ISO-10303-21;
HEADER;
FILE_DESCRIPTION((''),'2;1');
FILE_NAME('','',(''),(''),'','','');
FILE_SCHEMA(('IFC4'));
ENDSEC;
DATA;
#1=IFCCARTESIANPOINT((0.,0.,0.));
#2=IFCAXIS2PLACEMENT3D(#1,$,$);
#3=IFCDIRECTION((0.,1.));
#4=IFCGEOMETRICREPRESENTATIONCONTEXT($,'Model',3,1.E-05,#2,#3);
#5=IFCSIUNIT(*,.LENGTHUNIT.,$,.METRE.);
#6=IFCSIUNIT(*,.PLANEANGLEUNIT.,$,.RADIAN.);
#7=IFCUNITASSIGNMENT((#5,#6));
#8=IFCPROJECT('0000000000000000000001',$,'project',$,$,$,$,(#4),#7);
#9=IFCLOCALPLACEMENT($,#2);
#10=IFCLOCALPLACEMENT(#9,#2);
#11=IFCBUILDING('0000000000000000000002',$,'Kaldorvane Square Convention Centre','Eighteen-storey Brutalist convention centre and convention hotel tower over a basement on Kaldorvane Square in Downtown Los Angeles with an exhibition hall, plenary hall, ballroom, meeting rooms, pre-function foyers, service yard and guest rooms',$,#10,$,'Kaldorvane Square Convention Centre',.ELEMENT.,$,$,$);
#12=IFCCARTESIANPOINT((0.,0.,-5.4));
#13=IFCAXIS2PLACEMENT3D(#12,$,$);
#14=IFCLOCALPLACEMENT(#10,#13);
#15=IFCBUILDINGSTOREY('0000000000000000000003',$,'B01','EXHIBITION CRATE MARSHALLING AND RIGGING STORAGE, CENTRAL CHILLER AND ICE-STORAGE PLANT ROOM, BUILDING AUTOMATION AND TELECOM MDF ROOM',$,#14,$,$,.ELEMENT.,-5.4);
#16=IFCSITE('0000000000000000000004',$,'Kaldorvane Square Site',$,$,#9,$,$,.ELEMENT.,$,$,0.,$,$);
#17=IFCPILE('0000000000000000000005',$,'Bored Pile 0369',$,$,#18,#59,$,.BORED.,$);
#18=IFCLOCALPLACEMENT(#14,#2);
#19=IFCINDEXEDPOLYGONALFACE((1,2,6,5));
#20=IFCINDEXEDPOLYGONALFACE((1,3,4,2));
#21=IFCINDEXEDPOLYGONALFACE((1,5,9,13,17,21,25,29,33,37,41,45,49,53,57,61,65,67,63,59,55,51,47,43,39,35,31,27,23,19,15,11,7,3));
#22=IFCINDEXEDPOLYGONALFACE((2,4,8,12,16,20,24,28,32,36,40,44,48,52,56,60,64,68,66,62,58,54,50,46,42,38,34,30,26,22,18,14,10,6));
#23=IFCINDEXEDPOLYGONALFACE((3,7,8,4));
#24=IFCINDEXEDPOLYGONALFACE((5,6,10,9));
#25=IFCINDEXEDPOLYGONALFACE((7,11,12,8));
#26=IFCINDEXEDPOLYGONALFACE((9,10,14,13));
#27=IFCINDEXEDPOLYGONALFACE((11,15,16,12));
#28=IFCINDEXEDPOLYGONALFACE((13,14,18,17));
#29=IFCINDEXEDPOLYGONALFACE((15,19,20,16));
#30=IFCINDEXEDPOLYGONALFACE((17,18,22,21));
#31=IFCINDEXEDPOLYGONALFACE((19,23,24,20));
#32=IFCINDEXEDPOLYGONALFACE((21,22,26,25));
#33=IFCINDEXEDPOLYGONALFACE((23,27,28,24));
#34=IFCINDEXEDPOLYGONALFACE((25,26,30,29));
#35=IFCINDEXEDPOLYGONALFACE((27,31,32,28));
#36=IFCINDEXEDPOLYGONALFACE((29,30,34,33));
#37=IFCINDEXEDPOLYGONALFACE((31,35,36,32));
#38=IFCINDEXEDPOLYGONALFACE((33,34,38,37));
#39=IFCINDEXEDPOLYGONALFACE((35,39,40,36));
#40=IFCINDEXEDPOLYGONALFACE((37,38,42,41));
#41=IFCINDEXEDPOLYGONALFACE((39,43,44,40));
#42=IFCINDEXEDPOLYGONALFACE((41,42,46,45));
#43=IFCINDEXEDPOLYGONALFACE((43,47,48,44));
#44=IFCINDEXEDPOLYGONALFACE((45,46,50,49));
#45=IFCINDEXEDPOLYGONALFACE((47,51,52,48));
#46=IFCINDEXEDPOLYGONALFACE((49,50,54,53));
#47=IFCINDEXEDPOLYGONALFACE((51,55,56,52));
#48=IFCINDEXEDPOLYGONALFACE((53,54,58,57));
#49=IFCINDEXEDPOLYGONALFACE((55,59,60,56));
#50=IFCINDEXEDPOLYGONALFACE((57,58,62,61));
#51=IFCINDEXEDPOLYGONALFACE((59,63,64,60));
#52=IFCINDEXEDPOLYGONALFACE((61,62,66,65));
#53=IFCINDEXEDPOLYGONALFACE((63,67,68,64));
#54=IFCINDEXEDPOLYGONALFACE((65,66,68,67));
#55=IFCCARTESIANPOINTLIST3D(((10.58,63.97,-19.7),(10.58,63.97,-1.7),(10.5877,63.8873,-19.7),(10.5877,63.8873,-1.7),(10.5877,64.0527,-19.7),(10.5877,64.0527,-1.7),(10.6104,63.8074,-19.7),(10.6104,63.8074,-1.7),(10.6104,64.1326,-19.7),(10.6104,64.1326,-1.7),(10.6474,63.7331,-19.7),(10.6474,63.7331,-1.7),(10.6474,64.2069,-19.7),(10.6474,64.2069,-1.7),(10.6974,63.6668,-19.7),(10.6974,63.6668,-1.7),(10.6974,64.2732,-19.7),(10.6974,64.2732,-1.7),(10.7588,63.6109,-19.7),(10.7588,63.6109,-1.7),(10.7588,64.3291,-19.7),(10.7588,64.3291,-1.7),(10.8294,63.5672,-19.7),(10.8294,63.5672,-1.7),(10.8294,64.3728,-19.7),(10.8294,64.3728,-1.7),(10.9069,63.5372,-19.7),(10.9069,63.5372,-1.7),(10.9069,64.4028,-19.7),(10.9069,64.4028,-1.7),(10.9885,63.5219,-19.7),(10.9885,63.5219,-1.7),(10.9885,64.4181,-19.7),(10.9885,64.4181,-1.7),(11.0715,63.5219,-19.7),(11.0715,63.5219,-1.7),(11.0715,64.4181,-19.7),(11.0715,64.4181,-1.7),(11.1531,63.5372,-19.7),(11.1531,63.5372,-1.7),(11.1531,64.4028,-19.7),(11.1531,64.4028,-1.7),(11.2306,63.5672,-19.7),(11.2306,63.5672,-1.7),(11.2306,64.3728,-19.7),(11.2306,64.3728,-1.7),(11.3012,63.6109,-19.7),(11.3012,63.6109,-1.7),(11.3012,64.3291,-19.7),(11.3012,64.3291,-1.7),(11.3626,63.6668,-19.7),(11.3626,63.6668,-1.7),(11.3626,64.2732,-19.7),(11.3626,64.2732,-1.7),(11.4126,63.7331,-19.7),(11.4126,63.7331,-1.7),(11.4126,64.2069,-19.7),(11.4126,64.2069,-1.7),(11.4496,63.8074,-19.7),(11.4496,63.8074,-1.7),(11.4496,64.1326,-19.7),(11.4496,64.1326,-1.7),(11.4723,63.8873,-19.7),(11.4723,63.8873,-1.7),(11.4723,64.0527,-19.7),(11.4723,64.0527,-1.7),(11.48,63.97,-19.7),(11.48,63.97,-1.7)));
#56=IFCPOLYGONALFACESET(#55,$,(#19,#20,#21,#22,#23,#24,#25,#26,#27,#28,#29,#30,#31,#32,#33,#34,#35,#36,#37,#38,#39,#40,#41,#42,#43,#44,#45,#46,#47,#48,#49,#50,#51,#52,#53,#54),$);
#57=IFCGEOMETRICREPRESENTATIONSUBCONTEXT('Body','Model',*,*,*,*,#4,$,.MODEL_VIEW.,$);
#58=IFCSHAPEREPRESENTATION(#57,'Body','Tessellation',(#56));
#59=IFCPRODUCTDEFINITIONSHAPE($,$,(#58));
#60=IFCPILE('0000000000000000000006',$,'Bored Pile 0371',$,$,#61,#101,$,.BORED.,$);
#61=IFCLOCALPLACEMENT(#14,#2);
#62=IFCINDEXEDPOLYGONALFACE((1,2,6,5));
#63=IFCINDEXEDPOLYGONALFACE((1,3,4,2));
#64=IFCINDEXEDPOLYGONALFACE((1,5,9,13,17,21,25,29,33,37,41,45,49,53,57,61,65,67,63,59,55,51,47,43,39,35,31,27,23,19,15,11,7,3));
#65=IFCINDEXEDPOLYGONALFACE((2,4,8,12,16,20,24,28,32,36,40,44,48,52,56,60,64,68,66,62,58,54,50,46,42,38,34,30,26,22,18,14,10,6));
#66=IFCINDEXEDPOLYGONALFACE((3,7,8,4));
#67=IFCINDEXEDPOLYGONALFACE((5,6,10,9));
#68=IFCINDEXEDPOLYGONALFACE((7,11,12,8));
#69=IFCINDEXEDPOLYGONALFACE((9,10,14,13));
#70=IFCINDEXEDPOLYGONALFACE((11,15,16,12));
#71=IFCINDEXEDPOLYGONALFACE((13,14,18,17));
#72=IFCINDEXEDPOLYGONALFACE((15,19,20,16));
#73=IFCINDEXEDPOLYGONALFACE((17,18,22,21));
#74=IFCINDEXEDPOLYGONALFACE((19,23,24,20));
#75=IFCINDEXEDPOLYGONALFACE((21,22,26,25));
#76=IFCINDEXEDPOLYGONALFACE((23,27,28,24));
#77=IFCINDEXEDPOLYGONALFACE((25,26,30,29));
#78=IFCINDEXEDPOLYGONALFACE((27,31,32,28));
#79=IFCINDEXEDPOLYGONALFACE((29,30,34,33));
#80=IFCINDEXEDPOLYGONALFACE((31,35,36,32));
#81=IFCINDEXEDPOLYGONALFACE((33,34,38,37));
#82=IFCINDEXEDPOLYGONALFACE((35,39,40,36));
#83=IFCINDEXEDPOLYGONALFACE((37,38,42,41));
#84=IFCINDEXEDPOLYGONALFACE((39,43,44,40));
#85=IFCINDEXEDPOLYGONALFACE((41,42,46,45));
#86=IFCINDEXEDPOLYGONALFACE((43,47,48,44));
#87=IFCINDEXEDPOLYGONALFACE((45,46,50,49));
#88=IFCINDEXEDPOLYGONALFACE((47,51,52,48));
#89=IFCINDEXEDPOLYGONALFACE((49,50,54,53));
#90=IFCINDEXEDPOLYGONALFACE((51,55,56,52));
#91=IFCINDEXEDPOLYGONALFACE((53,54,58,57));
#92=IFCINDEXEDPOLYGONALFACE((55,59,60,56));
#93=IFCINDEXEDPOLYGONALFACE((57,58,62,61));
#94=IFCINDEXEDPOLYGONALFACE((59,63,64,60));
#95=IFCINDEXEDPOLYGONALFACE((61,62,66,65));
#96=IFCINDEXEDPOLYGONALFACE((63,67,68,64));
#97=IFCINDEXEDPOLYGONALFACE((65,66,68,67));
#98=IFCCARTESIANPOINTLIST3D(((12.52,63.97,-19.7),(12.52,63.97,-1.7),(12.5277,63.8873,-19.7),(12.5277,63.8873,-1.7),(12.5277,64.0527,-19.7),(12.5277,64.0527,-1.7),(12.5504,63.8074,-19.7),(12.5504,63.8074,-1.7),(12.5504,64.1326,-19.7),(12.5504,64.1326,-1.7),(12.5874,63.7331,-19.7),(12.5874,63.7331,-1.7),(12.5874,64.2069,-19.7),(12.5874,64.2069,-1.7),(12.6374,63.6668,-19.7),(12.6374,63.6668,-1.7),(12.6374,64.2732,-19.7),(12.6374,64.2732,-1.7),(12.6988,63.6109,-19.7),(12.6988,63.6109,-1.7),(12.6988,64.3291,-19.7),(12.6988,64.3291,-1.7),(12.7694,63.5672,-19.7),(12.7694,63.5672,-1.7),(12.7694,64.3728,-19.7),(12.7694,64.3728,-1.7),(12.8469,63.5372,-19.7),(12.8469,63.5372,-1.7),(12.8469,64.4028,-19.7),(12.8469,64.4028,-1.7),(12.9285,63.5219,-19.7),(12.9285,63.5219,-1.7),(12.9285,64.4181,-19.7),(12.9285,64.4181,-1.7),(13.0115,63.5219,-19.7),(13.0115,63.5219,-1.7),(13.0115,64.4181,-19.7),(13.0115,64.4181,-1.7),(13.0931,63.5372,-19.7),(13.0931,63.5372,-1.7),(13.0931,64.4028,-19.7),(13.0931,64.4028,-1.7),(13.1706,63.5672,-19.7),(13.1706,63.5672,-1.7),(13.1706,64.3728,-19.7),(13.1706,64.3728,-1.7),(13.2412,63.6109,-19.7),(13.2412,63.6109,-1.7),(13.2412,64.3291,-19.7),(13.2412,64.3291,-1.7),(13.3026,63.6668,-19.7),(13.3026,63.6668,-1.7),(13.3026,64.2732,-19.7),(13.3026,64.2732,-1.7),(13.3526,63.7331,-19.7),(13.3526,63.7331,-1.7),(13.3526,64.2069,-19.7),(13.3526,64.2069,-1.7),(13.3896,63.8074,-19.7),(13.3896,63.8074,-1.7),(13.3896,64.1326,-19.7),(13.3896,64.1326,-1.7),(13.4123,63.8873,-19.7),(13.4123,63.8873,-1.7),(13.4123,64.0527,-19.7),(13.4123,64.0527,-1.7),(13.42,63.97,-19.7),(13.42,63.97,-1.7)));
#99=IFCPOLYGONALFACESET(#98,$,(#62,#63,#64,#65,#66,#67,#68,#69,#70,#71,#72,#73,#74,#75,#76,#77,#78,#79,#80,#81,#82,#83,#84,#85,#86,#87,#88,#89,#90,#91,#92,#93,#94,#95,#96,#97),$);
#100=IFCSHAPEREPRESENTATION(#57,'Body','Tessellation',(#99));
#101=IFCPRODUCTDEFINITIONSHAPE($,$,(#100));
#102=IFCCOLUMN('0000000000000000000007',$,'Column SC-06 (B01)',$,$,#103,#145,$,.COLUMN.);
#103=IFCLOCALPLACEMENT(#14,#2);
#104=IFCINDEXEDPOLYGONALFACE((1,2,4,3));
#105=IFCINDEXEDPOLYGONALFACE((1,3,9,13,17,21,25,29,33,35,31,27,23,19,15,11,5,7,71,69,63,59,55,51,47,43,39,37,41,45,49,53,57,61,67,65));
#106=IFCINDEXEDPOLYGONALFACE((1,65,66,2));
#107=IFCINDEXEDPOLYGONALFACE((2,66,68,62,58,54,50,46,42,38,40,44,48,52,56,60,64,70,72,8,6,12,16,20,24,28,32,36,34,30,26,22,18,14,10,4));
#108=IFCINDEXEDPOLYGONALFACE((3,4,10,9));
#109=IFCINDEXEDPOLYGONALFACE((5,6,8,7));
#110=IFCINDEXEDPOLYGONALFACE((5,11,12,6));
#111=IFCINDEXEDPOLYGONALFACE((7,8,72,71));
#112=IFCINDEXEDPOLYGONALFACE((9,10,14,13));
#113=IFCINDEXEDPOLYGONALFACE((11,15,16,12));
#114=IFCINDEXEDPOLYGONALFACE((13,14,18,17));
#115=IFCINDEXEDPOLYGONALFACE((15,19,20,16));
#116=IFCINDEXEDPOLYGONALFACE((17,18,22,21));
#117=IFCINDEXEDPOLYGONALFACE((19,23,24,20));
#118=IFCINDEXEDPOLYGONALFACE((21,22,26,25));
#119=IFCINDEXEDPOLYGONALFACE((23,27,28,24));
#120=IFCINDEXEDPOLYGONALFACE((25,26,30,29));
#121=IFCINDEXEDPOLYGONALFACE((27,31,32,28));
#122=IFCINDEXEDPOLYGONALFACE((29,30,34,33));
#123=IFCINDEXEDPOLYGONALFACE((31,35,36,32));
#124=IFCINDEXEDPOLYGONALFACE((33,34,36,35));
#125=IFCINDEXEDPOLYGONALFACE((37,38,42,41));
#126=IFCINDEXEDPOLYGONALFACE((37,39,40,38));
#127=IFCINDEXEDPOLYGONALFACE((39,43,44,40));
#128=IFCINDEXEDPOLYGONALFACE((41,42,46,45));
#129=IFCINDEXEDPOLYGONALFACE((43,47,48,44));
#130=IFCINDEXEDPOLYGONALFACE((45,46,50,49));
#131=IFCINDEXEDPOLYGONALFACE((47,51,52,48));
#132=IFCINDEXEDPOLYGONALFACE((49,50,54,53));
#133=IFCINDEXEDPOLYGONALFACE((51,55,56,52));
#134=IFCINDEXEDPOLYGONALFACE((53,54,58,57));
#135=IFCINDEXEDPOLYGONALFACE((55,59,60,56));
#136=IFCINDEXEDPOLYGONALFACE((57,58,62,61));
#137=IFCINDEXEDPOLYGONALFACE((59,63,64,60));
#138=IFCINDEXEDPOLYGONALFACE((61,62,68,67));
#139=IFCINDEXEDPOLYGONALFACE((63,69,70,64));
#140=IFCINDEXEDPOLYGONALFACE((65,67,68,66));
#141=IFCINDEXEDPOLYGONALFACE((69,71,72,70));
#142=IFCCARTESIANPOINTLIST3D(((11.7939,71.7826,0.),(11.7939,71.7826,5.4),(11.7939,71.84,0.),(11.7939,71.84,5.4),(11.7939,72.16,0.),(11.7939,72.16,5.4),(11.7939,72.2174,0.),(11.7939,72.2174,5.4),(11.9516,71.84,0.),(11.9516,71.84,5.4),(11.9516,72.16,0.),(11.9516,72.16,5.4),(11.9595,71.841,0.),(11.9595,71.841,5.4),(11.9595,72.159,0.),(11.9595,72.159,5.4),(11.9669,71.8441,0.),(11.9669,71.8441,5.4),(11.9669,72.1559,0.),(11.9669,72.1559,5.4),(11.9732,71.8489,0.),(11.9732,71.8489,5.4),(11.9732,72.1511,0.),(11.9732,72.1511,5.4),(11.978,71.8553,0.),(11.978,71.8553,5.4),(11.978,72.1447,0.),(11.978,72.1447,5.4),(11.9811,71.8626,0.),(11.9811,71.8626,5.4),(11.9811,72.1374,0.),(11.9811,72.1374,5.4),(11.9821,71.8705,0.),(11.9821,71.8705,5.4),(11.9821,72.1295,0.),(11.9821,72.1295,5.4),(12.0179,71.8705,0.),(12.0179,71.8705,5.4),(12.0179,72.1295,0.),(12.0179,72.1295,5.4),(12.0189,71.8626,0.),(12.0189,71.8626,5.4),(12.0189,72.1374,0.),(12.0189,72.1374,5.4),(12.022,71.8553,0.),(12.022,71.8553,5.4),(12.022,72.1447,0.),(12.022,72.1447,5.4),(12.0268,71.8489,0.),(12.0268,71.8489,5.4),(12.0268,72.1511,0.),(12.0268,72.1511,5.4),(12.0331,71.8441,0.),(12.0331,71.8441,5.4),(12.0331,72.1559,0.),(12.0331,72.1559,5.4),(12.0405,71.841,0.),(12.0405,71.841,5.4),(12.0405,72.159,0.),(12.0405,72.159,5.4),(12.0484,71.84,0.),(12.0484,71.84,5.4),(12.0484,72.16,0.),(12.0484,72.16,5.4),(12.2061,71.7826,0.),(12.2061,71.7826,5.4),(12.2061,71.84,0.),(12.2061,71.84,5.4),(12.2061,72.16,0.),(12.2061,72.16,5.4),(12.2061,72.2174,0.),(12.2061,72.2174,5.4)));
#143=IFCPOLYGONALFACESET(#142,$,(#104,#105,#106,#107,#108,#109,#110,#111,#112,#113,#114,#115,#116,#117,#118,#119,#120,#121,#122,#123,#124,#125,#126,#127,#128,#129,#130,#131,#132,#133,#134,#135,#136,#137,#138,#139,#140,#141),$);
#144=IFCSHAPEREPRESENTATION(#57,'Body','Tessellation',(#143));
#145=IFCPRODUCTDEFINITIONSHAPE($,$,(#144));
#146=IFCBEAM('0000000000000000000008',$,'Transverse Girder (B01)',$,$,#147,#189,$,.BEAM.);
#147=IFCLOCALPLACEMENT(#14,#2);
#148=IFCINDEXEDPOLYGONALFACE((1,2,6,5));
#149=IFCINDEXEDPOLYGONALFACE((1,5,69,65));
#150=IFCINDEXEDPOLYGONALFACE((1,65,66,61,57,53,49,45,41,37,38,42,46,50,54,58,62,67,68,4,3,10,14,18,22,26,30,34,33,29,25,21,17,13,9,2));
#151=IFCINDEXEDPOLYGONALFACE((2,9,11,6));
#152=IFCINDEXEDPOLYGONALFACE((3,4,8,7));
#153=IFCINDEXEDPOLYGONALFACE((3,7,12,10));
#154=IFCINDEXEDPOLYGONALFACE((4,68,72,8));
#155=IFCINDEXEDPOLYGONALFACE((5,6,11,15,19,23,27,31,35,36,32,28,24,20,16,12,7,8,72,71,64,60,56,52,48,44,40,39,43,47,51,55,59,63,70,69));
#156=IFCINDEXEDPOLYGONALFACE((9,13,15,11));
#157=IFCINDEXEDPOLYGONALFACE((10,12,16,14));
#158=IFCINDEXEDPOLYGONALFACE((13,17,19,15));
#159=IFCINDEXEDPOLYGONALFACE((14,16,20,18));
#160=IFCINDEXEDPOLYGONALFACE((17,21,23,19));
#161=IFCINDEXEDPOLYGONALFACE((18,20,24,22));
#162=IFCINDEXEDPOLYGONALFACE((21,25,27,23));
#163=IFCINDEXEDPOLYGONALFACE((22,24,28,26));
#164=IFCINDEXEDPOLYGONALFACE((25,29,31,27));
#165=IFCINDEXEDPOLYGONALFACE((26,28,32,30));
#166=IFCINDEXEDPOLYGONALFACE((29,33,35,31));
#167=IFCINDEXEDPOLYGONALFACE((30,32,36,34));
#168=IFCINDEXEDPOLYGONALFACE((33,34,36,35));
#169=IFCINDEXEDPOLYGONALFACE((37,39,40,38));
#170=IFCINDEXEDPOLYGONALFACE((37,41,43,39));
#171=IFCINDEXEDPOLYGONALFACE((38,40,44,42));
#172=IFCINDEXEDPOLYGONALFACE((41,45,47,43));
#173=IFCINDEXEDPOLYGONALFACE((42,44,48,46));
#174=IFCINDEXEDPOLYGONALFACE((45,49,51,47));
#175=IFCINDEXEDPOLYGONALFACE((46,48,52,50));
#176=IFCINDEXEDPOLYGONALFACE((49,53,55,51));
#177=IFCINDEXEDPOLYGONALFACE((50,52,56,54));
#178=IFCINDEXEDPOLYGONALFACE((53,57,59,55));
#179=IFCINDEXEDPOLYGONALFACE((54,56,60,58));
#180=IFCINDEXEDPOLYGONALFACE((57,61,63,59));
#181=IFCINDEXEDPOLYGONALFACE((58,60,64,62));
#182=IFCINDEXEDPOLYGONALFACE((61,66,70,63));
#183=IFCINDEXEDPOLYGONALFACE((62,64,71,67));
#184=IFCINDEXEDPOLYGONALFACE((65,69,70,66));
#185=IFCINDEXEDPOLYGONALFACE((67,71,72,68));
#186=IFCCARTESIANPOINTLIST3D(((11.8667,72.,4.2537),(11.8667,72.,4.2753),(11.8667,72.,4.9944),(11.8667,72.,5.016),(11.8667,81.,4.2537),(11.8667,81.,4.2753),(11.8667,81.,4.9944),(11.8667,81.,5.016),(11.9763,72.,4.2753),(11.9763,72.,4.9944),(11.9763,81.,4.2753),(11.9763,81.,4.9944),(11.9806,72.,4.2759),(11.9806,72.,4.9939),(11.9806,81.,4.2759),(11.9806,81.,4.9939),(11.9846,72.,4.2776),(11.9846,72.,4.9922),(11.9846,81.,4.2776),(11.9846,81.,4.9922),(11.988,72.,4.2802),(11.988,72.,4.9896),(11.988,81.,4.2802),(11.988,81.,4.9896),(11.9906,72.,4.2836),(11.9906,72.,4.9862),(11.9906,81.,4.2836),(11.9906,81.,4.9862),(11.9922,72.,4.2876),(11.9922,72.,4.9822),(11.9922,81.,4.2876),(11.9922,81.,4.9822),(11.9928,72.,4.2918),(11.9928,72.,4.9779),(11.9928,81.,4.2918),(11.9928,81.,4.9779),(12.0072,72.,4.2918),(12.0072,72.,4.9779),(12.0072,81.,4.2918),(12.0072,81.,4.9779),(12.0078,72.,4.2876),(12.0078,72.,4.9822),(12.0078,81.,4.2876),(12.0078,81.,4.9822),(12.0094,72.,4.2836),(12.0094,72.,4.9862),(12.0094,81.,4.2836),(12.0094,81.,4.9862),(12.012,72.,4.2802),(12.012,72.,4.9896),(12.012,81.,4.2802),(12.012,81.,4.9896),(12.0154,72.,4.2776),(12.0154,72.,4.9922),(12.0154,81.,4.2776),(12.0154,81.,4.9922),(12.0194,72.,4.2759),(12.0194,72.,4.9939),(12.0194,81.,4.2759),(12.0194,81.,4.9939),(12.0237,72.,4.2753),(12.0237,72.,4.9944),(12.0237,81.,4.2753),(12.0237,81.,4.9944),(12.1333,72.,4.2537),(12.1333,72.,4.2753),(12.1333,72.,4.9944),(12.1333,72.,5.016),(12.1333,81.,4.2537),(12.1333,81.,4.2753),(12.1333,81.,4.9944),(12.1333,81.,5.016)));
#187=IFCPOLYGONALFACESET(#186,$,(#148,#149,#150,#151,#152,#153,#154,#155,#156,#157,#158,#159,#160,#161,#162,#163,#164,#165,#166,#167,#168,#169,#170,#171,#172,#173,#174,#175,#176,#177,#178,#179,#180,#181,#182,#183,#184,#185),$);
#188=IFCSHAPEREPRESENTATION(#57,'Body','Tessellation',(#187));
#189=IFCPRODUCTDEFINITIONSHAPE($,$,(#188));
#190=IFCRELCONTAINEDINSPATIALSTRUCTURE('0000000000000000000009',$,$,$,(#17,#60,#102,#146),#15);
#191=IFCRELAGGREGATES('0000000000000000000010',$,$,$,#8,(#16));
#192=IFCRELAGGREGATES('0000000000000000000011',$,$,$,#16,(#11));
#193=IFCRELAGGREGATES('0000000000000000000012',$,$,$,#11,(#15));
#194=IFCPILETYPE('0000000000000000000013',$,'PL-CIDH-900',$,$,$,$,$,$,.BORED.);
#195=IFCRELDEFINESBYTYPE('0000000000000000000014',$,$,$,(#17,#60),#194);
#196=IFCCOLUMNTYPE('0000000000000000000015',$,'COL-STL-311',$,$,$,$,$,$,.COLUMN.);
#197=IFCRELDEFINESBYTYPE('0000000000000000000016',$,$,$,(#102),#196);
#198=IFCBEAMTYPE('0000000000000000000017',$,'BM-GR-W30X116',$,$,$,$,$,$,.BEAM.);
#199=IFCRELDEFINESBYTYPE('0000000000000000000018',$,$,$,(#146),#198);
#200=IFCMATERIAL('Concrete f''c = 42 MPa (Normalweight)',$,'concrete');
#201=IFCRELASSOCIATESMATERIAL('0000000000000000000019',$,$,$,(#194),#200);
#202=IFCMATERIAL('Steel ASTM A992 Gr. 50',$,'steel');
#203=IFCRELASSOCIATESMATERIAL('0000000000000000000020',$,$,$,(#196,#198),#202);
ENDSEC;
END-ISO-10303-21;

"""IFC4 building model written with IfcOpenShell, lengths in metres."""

from ifc_helpers import new_model, si_unit, direction, frame, origin, origin_2d, place, context, subcontext, project, spatial, circle, i_section, extrude, material, material_profile, profile_set, type_object, element, save


model = new_model("IFC4")

# Units and contexts
model_context = context("Model", 3, precision=1e-05, world=origin(), true_north=direction((0.0, 1.0)))
body_context = subcontext(model_context, "Body", "Model", "MODEL_VIEW")
ifc_project = project(units=[si_unit("LENGTHUNIT", "METRE"), si_unit("PLANEANGLEUNIT", "RADIAN")], contexts=[model_context])

# Site, building, storey
site_placement = place(None, origin())
site = spatial("IfcSite", under=ifc_project, at=site_placement, Name="Kaldorvane Square Site", CompositionType="ELEMENT", RefElevation=0.0)
building_placement = place(site_placement, origin())
building = spatial("IfcBuilding", under=site, at=building_placement, Name="Kaldorvane Square Convention Centre", Description="Eighteen-storey Brutalist convention centre and convention hotel tower over a basement on Kaldorvane Square in Downtown Los Angeles with an exhibition hall, plenary hall, ballroom, meeting rooms, pre-function foyers, service yard and guest rooms", LongName="Kaldorvane Square Convention Centre", CompositionType="ELEMENT")
storey_placement = place(building_placement, frame((0.0, 0.0, -5.4)))
storey = spatial("IfcBuildingStorey", under=building, at=storey_placement, Name="B01", Description="EXHIBITION CRATE MARSHALLING AND RIGGING STORAGE, CENTRAL CHILLER AND ICE-STORAGE PLANT ROOM, BUILDING AUTOMATION AND TELECOM MDF ROOM", CompositionType="ELEMENT", Elevation=-5.4)

# Shared definitions
ifc_material_1 = material(Name="Concrete f'c = 42 MPa (Normalweight)", Category="concrete")

# Piles
ifc_material_profile_1 = material_profile(ifc_material_1, circle(Radius=0.45, at=origin_2d()), Name="PILE-D900")
ifc_profile_set_1 = profile_set([ifc_material_profile_1], Name="Concrete f'c = 42 MPa (Normalweight)")
pile_type_1 = type_object("IfcPileType", Name="PL-CIDH-900", PredefinedType="BORED", material=ifc_profile_set_1)
for number, where, z_axis, x_axis, name in (
    (1, (11.03, 63.97, -1.7), (0.0, 0.0, -1.0), (1.0, 0.0, 0.0), "Bored Pile 0369"),
    (2, (12.97, 63.97, -1.7), (0.0, 0.0, -1.0), (1.0, 0.0, 0.0), "Bored Pile 0371"),
):
    element("IfcPile", number, at=place(storey_placement, frame(where, z_axis=z_axis, x_axis=x_axis)), inside=storey, type_object=pile_type_1, Name=name, PredefinedType="BORED", context=body_context, shape_type="SweptSolid", body=[
        extrude(circle(Radius=0.45, at=origin_2d()), origin(), (0.0, 0.0, 1.0), 18.0),
    ])

# Column
ifc_material_2 = material(Name="Steel ASTM A992 Gr. 50", Category="steel")
ifc_material_profile_2 = material_profile(ifc_material_2, i_section(OverallWidth=0.4122, OverallDepth=0.4348, WebThickness=0.0358, FlangeThickness=0.0574, FilletRadius=0.0305, at=origin_2d()), Name="W14X311")
ifc_profile_set_2 = profile_set([ifc_material_profile_2], Name="Steel ASTM A992 Gr. 50")
column_type = type_object("IfcColumnType", Name="COL-STL-311", PredefinedType="COLUMN", material=ifc_profile_set_2)
column_placement = place(storey_placement, frame((12.0, 72.0, 0.0), z_axis=(0.0, 0.0, 1.0), x_axis=(1.0, 0.0, 0.0)))
element("IfcColumn", 3, at=column_placement, inside=storey, type_object=column_type, Name="Column SC-06 (B01)", PredefinedType="COLUMN", context=body_context, shape_type="SweptSolid", body=[
    extrude(i_section(OverallWidth=0.4122, OverallDepth=0.4348, WebThickness=0.0358, FlangeThickness=0.0574, FilletRadius=0.0305, at=origin_2d()), origin(), (0.0, 0.0, 1.0), 5.4),
])

# Beam
ifc_material_profile_3 = material_profile(ifc_material_2, i_section(OverallWidth=0.2666, OverallDepth=0.7623, WebThickness=0.0144, FlangeThickness=0.0216, FilletRadius=0.0165, at=origin_2d()), Name="W30X116")
ifc_profile_set_3 = profile_set([ifc_material_profile_3], Name="Steel ASTM A992 Gr. 50")
beam_type_1 = type_object("IfcBeamType", Name="BM-GR-W30X116", PredefinedType="BEAM", material=ifc_profile_set_3)
beam_1_placement = place(storey_placement, frame((12.0, 72.0, 4.6349), z_axis=(0.0, 1.0, 0.0), x_axis=(-1.0, 0.0, 0.0)))
element("IfcBeam", 4, at=beam_1_placement, inside=storey, type_object=beam_type_1, Name="Transverse Girder (B01)", PredefinedType="BEAM", context=body_context, shape_type="SweptSolid", body=[
    extrude(i_section(OverallWidth=0.2666, OverallDepth=0.7623, WebThickness=0.0144, FlangeThickness=0.0216, FilletRadius=0.0165, at=origin_2d()), origin(), (0.0, 0.0, 1.0), 9.0),
])

save(model, "model.ifc")
